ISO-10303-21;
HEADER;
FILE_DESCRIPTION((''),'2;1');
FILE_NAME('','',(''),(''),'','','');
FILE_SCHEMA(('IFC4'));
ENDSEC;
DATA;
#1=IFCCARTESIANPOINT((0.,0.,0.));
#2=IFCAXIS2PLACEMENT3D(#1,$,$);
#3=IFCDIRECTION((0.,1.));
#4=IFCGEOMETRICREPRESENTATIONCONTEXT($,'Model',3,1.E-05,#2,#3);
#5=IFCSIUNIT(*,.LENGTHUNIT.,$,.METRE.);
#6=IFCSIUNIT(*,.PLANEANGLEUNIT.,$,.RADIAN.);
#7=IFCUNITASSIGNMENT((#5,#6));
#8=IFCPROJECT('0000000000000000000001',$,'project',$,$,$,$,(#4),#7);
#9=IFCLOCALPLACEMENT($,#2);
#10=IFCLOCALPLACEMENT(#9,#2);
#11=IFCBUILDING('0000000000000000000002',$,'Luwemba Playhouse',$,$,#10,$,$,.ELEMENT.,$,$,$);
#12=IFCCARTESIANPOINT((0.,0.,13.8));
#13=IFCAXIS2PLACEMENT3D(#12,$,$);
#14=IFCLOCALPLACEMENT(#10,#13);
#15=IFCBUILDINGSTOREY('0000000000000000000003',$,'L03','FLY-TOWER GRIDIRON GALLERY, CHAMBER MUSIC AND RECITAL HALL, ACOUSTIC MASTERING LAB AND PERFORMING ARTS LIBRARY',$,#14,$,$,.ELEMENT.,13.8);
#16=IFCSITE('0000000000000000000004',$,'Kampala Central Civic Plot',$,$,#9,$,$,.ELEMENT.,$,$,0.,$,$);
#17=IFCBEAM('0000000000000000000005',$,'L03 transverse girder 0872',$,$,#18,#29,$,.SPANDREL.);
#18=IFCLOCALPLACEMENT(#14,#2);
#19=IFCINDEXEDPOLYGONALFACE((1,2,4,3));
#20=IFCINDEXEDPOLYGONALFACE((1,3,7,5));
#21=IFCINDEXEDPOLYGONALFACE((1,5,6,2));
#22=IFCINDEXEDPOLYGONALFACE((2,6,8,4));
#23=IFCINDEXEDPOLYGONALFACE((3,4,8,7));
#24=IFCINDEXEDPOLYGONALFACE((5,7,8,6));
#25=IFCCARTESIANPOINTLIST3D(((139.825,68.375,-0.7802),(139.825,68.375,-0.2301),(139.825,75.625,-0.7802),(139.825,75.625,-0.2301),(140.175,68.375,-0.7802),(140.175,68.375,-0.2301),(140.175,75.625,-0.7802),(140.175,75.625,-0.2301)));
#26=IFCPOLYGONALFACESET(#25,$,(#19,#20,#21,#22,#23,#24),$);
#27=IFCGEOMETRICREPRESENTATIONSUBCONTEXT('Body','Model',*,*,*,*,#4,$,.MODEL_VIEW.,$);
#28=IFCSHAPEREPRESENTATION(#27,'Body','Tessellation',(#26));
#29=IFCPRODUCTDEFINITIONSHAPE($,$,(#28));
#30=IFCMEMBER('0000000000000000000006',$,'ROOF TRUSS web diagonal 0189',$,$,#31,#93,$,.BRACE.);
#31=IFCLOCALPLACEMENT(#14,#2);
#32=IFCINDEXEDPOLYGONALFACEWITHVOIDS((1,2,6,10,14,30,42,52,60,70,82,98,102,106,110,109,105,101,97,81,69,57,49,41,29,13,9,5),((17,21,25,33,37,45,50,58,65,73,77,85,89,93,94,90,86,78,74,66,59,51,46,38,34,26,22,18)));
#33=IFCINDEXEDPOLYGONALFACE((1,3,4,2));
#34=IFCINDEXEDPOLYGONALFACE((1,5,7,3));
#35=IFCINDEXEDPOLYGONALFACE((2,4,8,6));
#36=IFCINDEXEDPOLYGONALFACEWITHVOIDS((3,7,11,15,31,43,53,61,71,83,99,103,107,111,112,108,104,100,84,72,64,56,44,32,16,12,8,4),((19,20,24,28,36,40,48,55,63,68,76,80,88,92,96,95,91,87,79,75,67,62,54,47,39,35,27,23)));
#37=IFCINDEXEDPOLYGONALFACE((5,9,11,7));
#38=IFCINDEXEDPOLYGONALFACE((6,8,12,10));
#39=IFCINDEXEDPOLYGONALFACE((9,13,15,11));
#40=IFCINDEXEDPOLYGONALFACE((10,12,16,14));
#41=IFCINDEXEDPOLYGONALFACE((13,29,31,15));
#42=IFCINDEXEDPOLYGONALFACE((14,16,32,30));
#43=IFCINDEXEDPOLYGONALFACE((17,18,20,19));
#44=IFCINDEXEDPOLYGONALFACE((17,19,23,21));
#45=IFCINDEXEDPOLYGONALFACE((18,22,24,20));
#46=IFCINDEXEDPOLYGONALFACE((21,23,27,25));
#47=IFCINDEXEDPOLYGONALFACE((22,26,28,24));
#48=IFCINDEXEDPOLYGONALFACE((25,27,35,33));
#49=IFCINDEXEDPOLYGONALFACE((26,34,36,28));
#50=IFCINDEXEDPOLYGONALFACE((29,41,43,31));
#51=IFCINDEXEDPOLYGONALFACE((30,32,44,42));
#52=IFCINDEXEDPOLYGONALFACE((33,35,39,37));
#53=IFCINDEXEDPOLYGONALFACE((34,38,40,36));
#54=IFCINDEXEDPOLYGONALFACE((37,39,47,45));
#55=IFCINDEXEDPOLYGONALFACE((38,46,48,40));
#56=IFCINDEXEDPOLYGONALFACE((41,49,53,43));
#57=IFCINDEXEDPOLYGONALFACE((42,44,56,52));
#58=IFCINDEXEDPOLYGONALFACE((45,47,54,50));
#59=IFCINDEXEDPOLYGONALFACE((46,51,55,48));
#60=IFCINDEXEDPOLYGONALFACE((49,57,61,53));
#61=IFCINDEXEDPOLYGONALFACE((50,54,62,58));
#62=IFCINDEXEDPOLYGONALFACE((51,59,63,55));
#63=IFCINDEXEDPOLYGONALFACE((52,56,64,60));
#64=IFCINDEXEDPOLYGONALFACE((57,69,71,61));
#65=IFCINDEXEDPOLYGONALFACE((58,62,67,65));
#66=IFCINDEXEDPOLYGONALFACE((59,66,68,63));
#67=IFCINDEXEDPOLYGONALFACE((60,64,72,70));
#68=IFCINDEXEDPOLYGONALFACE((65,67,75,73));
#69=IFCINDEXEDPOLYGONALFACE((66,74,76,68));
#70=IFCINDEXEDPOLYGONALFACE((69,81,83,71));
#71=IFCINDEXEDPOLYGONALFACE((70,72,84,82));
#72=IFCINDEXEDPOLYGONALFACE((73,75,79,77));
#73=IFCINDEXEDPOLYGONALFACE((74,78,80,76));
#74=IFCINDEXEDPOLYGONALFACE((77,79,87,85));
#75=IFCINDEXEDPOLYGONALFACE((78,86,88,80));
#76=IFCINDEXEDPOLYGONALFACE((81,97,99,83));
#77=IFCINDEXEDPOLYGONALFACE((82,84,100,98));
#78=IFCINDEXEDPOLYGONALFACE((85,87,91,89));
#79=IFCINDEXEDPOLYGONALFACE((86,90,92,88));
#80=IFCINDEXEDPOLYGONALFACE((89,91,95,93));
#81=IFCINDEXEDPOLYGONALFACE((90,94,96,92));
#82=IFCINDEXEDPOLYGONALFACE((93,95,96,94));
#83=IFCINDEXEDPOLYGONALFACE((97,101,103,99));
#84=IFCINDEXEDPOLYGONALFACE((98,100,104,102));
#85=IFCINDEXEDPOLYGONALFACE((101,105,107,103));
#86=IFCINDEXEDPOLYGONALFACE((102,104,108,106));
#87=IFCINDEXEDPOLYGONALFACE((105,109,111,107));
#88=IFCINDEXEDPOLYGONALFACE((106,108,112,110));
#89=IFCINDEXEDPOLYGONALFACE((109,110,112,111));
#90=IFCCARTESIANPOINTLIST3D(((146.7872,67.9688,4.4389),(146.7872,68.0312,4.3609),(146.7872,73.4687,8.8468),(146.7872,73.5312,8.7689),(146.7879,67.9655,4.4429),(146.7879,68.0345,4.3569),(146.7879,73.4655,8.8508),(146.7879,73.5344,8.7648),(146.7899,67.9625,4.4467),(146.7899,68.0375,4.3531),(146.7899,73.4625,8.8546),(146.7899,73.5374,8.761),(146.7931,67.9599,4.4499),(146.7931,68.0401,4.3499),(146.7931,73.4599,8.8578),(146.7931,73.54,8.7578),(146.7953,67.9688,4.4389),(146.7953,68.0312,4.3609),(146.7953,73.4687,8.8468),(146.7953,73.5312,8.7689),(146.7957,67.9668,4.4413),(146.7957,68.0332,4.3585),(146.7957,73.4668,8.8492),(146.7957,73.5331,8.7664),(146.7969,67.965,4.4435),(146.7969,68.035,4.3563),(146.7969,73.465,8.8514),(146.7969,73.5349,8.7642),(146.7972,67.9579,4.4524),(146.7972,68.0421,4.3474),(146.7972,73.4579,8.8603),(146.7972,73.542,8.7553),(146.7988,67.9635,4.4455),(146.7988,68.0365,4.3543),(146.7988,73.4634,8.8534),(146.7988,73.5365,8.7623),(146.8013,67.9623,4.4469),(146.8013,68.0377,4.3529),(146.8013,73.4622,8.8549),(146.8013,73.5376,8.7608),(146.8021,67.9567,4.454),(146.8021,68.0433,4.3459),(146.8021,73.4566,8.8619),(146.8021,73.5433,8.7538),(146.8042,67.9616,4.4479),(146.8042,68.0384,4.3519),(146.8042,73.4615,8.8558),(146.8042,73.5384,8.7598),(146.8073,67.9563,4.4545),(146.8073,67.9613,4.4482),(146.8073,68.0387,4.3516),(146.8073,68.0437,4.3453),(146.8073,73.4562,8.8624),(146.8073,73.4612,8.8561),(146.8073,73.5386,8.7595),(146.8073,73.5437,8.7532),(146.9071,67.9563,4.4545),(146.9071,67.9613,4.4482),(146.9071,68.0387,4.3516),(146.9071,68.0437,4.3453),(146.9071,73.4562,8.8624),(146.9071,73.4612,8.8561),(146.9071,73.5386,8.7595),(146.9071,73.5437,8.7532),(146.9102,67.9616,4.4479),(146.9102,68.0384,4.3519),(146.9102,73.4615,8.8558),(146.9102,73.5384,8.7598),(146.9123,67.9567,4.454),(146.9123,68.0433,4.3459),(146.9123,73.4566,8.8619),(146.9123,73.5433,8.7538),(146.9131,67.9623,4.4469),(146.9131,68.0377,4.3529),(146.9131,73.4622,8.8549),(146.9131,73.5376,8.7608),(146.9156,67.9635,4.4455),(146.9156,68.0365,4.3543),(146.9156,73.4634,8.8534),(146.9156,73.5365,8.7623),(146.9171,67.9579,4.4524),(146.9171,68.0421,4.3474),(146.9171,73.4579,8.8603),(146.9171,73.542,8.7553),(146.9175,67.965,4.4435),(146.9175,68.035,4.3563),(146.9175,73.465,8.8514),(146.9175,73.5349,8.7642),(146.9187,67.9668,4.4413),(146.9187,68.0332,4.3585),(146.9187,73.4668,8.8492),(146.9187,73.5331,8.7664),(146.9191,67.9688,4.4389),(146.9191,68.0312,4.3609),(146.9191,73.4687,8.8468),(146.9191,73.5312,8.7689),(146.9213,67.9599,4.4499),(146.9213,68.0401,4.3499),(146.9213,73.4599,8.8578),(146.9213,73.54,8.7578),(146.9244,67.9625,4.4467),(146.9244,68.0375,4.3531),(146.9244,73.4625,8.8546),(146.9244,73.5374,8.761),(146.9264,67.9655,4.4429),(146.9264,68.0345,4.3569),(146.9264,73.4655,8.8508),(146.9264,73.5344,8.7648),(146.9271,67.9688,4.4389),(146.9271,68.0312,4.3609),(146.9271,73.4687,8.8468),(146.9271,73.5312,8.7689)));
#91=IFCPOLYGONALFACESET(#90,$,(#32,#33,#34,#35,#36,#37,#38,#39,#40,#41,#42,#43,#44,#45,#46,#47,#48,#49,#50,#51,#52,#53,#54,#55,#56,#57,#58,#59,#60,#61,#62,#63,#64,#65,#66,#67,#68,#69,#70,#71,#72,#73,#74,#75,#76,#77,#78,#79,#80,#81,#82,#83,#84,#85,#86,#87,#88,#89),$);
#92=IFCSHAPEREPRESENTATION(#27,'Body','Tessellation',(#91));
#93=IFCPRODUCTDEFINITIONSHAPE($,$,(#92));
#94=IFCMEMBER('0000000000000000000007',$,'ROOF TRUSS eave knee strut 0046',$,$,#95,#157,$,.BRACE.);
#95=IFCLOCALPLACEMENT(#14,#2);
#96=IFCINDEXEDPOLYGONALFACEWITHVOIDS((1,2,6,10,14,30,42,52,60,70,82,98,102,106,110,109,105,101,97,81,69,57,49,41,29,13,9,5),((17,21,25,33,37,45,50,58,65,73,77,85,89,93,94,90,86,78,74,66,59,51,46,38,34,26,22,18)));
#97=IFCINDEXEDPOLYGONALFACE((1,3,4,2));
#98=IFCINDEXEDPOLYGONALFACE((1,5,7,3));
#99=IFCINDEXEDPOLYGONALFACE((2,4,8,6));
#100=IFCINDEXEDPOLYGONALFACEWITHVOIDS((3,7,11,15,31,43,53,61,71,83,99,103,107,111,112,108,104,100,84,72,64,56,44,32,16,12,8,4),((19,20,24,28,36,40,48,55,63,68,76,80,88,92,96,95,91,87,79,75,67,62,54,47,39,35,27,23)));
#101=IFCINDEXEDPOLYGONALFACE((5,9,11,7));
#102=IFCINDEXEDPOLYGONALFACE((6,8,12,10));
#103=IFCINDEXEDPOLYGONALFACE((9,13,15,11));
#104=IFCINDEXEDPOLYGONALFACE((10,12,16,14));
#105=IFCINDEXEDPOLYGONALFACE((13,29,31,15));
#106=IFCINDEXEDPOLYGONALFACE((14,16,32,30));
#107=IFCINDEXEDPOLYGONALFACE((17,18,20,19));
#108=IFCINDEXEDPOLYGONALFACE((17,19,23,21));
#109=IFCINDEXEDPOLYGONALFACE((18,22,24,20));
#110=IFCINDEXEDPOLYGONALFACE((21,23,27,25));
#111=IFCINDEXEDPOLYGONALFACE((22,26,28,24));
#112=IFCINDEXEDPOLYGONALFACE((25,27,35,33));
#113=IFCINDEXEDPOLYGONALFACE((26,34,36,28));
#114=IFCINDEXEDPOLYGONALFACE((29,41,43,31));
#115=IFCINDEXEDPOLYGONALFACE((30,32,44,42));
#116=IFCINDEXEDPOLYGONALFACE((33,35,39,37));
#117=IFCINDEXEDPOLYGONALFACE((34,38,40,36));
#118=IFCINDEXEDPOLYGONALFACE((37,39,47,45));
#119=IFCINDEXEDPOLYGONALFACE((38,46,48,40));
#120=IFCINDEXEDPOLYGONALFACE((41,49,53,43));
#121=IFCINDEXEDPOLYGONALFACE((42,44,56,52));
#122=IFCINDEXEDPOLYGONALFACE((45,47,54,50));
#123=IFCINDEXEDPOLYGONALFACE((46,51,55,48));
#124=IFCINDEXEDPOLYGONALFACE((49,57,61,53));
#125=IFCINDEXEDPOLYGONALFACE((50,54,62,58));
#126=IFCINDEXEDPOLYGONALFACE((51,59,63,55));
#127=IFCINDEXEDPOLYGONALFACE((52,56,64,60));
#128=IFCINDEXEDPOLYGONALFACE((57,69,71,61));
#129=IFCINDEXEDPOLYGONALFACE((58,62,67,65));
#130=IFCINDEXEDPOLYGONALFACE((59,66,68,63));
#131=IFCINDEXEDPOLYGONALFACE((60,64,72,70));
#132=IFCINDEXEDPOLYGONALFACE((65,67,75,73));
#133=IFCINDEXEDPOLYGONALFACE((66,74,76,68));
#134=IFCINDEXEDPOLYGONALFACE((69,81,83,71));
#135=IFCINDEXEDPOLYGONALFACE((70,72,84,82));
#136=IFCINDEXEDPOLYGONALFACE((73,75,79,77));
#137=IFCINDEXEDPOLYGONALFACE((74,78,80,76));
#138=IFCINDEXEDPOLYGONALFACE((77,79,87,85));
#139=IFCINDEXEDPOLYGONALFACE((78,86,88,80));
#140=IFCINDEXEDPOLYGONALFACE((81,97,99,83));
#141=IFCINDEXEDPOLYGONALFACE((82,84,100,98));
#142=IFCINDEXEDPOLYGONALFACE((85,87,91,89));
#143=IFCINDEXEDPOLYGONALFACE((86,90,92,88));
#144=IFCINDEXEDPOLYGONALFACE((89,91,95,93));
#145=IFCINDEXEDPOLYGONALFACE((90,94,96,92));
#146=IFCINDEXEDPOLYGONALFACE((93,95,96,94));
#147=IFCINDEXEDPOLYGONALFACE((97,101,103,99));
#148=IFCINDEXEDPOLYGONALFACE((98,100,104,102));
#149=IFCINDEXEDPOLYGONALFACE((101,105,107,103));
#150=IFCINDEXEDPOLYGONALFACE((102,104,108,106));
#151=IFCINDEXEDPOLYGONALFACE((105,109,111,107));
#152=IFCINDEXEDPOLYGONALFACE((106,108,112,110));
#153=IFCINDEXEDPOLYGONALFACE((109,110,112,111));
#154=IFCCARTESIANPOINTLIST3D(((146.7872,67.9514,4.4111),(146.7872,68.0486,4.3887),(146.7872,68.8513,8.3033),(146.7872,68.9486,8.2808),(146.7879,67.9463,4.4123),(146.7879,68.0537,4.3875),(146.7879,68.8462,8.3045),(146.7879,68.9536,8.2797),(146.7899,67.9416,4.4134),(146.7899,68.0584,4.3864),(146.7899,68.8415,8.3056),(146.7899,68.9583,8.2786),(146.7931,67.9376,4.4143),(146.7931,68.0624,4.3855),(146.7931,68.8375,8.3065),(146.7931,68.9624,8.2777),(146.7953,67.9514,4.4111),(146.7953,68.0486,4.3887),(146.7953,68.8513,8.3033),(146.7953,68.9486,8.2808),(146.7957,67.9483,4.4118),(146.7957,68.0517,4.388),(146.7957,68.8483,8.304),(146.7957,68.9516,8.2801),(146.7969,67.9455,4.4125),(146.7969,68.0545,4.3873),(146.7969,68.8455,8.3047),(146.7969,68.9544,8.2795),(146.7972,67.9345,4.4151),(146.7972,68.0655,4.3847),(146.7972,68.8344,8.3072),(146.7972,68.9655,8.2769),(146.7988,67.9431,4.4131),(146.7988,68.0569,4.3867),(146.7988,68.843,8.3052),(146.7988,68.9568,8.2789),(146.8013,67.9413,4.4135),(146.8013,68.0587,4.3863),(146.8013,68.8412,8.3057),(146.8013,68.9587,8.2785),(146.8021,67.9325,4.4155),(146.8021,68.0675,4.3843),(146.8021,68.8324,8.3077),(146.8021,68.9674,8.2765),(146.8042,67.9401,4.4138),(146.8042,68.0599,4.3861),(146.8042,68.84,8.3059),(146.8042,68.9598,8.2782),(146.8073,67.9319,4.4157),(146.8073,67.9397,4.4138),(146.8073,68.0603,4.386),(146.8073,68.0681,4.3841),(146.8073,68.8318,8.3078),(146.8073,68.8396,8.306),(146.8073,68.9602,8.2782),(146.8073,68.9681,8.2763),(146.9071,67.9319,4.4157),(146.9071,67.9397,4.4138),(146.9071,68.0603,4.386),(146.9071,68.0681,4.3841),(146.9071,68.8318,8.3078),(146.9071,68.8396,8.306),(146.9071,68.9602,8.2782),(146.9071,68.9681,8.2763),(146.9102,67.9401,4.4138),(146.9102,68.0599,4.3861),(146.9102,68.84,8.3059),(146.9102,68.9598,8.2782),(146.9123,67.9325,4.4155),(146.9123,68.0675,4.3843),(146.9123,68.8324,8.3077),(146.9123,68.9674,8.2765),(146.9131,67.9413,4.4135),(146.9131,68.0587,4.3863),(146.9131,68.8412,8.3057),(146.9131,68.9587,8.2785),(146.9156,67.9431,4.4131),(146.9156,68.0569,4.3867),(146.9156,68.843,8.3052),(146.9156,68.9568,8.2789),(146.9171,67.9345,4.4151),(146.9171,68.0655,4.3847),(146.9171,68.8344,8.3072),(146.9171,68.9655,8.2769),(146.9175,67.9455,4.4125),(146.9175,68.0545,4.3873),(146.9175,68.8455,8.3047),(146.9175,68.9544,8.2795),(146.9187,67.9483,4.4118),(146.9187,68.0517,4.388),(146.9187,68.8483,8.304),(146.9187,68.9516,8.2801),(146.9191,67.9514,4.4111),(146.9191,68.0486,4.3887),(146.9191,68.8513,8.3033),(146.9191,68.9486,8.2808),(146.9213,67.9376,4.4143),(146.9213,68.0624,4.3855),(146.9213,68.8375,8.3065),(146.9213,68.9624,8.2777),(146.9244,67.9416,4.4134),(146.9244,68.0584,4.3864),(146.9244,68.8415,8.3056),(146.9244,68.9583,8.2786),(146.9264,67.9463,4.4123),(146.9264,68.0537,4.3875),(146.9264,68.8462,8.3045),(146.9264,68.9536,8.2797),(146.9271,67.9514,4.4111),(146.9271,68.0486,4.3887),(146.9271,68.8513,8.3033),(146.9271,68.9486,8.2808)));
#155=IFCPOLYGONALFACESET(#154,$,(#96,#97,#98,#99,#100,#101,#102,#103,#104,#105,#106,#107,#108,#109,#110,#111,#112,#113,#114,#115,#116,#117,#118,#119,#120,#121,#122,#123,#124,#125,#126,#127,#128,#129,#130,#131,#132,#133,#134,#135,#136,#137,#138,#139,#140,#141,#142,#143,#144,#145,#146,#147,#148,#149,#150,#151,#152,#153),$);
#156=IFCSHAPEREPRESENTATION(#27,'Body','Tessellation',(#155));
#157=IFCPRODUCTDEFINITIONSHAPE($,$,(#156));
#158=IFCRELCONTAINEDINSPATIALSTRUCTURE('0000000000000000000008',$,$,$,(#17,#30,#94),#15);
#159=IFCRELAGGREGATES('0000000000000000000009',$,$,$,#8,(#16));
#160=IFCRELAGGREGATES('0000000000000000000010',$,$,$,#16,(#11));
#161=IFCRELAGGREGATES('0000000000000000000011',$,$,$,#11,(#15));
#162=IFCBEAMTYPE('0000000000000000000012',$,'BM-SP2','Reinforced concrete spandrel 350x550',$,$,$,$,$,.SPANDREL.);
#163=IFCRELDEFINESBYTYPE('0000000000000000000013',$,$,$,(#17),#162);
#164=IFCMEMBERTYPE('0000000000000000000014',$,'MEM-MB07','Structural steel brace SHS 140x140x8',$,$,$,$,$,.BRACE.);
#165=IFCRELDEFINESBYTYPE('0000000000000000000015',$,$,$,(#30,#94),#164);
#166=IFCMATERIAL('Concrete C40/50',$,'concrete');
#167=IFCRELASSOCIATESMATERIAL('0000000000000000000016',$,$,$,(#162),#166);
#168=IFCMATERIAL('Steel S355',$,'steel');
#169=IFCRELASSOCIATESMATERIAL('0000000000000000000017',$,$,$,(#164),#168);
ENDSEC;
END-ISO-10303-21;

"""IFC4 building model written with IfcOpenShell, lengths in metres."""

from ifc_helpers import new_model, si_unit, direction, frame, origin, origin_2d, place, context, subcontext, project, spatial, rectangle, hollow_rectangle, extrude, material, material_profile, profile_set, type_object, element, save


model = new_model("IFC4")

# Units and contexts
model_context = context("Model", 3, precision=1e-05, world=origin(), true_north=direction((0.0, 1.0)))
body_context = subcontext(model_context, "Body", "Model", "MODEL_VIEW")
ifc_project = project(units=[si_unit("LENGTHUNIT", "METRE"), si_unit("PLANEANGLEUNIT", "RADIAN")], contexts=[model_context])

# Site, building, storey
site_placement = place(None, origin())
site = spatial("IfcSite", under=ifc_project, at=site_placement, Name="Kampala Central Civic Plot", CompositionType="ELEMENT", RefElevation=0.0)
building_placement = place(site_placement, origin())
building = spatial("IfcBuilding", under=site, at=building_placement, Name="Luwemba Playhouse", CompositionType="ELEMENT")
storey_placement = place(building_placement, frame((0.0, 0.0, 13.8)))
storey = spatial("IfcBuildingStorey", under=building, at=storey_placement, Name="L03", Description="FLY-TOWER GRIDIRON GALLERY, CHAMBER MUSIC AND RECITAL HALL, ACOUSTIC MASTERING LAB AND PERFORMING ARTS LIBRARY", CompositionType="ELEMENT", Elevation=13.8)

# Shared definitions
ifc_material_1 = material(Name="Concrete C40/50", Category="concrete")

# Beam
ifc_material_2 = material(Name="Steel S355", Category="steel")
ifc_material_profile_1 = material_profile(ifc_material_1, rectangle(XDim=0.3501, YDim=0.55, at=origin_2d()))
ifc_profile_set_1 = profile_set([ifc_material_profile_1], Name="Concrete C40/50")
beam_type_1 = type_object("IfcBeamType", Name="BM-SP2", Description="Reinforced concrete spandrel 350x550", PredefinedType="SPANDREL", material=ifc_profile_set_1)
beam_1_placement = place(storey_placement, frame((140.0, 68.375, -0.5051), z_axis=(0.0, 1.0, 0.0), x_axis=(-1.0, 0.0, 0.0)))
element("IfcBeam", 1, at=beam_1_placement, inside=storey, type_object=beam_type_1, Name="L03 transverse girder 0872", PredefinedType="SPANDREL", context=body_context, shape_type="SweptSolid", body=[
    extrude(rectangle(XDim=0.3501, YDim=0.55, at=origin_2d()), origin(), (0.0, 0.0, 1.0), 7.25),
])

# Members
ifc_material_profile_2 = material_profile(ifc_material_2, hollow_rectangle(XDim=0.1399, YDim=0.1399, WallThickness=0.0081, InnerFilletRadius=0.012, OuterFilletRadius=0.02, at=origin_2d()))
ifc_profile_set_2 = profile_set([ifc_material_profile_2], Name="Steel S355")
member_type_1 = type_object("IfcMemberType", Name="MEM-MB07", Description="Structural steel brace SHS 140x140x8", PredefinedType="BRACE", material=ifc_profile_set_2)
member_1_placement = place(storey_placement, frame((146.8572, 68.0, 4.3999), z_axis=(0.0, 0.780318, 0.625383), x_axis=(-1.0, 0.0, 0.0)))
element("IfcMember", 2, at=member_1_placement, inside=storey, type_object=member_type_1, Name="ROOF TRUSS web diagonal 0189", PredefinedType="BRACE", context=body_context, shape_type="SweptSolid", body=[
    extrude(hollow_rectangle(XDim=0.1399, YDim=0.1399, WallThickness=0.0081, InnerFilletRadius=0.012, OuterFilletRadius=0.02, at=origin_2d()), origin(), (0.0, 0.0, 1.0), 7.0483),
])
member_2_placement = place(storey_placement, frame((146.8572, 68.0, 4.3999), z_axis=(0.0, 0.22527, 0.974296), x_axis=(-1.0, 0.0, 0.0)))
element("IfcMember", 3, at=member_2_placement, inside=storey, type_object=member_type_1, Name="ROOF TRUSS eave knee strut 0046", PredefinedType="BRACE", context=body_context, shape_type="SweptSolid", body=[
    extrude(hollow_rectangle(XDim=0.1399, YDim=0.1399, WallThickness=0.0081, InnerFilletRadius=0.012, OuterFilletRadius=0.02, at=origin_2d()), origin(), (0.0, 0.0, 1.0), 3.9949),
])

save(model, "model.ifc")
